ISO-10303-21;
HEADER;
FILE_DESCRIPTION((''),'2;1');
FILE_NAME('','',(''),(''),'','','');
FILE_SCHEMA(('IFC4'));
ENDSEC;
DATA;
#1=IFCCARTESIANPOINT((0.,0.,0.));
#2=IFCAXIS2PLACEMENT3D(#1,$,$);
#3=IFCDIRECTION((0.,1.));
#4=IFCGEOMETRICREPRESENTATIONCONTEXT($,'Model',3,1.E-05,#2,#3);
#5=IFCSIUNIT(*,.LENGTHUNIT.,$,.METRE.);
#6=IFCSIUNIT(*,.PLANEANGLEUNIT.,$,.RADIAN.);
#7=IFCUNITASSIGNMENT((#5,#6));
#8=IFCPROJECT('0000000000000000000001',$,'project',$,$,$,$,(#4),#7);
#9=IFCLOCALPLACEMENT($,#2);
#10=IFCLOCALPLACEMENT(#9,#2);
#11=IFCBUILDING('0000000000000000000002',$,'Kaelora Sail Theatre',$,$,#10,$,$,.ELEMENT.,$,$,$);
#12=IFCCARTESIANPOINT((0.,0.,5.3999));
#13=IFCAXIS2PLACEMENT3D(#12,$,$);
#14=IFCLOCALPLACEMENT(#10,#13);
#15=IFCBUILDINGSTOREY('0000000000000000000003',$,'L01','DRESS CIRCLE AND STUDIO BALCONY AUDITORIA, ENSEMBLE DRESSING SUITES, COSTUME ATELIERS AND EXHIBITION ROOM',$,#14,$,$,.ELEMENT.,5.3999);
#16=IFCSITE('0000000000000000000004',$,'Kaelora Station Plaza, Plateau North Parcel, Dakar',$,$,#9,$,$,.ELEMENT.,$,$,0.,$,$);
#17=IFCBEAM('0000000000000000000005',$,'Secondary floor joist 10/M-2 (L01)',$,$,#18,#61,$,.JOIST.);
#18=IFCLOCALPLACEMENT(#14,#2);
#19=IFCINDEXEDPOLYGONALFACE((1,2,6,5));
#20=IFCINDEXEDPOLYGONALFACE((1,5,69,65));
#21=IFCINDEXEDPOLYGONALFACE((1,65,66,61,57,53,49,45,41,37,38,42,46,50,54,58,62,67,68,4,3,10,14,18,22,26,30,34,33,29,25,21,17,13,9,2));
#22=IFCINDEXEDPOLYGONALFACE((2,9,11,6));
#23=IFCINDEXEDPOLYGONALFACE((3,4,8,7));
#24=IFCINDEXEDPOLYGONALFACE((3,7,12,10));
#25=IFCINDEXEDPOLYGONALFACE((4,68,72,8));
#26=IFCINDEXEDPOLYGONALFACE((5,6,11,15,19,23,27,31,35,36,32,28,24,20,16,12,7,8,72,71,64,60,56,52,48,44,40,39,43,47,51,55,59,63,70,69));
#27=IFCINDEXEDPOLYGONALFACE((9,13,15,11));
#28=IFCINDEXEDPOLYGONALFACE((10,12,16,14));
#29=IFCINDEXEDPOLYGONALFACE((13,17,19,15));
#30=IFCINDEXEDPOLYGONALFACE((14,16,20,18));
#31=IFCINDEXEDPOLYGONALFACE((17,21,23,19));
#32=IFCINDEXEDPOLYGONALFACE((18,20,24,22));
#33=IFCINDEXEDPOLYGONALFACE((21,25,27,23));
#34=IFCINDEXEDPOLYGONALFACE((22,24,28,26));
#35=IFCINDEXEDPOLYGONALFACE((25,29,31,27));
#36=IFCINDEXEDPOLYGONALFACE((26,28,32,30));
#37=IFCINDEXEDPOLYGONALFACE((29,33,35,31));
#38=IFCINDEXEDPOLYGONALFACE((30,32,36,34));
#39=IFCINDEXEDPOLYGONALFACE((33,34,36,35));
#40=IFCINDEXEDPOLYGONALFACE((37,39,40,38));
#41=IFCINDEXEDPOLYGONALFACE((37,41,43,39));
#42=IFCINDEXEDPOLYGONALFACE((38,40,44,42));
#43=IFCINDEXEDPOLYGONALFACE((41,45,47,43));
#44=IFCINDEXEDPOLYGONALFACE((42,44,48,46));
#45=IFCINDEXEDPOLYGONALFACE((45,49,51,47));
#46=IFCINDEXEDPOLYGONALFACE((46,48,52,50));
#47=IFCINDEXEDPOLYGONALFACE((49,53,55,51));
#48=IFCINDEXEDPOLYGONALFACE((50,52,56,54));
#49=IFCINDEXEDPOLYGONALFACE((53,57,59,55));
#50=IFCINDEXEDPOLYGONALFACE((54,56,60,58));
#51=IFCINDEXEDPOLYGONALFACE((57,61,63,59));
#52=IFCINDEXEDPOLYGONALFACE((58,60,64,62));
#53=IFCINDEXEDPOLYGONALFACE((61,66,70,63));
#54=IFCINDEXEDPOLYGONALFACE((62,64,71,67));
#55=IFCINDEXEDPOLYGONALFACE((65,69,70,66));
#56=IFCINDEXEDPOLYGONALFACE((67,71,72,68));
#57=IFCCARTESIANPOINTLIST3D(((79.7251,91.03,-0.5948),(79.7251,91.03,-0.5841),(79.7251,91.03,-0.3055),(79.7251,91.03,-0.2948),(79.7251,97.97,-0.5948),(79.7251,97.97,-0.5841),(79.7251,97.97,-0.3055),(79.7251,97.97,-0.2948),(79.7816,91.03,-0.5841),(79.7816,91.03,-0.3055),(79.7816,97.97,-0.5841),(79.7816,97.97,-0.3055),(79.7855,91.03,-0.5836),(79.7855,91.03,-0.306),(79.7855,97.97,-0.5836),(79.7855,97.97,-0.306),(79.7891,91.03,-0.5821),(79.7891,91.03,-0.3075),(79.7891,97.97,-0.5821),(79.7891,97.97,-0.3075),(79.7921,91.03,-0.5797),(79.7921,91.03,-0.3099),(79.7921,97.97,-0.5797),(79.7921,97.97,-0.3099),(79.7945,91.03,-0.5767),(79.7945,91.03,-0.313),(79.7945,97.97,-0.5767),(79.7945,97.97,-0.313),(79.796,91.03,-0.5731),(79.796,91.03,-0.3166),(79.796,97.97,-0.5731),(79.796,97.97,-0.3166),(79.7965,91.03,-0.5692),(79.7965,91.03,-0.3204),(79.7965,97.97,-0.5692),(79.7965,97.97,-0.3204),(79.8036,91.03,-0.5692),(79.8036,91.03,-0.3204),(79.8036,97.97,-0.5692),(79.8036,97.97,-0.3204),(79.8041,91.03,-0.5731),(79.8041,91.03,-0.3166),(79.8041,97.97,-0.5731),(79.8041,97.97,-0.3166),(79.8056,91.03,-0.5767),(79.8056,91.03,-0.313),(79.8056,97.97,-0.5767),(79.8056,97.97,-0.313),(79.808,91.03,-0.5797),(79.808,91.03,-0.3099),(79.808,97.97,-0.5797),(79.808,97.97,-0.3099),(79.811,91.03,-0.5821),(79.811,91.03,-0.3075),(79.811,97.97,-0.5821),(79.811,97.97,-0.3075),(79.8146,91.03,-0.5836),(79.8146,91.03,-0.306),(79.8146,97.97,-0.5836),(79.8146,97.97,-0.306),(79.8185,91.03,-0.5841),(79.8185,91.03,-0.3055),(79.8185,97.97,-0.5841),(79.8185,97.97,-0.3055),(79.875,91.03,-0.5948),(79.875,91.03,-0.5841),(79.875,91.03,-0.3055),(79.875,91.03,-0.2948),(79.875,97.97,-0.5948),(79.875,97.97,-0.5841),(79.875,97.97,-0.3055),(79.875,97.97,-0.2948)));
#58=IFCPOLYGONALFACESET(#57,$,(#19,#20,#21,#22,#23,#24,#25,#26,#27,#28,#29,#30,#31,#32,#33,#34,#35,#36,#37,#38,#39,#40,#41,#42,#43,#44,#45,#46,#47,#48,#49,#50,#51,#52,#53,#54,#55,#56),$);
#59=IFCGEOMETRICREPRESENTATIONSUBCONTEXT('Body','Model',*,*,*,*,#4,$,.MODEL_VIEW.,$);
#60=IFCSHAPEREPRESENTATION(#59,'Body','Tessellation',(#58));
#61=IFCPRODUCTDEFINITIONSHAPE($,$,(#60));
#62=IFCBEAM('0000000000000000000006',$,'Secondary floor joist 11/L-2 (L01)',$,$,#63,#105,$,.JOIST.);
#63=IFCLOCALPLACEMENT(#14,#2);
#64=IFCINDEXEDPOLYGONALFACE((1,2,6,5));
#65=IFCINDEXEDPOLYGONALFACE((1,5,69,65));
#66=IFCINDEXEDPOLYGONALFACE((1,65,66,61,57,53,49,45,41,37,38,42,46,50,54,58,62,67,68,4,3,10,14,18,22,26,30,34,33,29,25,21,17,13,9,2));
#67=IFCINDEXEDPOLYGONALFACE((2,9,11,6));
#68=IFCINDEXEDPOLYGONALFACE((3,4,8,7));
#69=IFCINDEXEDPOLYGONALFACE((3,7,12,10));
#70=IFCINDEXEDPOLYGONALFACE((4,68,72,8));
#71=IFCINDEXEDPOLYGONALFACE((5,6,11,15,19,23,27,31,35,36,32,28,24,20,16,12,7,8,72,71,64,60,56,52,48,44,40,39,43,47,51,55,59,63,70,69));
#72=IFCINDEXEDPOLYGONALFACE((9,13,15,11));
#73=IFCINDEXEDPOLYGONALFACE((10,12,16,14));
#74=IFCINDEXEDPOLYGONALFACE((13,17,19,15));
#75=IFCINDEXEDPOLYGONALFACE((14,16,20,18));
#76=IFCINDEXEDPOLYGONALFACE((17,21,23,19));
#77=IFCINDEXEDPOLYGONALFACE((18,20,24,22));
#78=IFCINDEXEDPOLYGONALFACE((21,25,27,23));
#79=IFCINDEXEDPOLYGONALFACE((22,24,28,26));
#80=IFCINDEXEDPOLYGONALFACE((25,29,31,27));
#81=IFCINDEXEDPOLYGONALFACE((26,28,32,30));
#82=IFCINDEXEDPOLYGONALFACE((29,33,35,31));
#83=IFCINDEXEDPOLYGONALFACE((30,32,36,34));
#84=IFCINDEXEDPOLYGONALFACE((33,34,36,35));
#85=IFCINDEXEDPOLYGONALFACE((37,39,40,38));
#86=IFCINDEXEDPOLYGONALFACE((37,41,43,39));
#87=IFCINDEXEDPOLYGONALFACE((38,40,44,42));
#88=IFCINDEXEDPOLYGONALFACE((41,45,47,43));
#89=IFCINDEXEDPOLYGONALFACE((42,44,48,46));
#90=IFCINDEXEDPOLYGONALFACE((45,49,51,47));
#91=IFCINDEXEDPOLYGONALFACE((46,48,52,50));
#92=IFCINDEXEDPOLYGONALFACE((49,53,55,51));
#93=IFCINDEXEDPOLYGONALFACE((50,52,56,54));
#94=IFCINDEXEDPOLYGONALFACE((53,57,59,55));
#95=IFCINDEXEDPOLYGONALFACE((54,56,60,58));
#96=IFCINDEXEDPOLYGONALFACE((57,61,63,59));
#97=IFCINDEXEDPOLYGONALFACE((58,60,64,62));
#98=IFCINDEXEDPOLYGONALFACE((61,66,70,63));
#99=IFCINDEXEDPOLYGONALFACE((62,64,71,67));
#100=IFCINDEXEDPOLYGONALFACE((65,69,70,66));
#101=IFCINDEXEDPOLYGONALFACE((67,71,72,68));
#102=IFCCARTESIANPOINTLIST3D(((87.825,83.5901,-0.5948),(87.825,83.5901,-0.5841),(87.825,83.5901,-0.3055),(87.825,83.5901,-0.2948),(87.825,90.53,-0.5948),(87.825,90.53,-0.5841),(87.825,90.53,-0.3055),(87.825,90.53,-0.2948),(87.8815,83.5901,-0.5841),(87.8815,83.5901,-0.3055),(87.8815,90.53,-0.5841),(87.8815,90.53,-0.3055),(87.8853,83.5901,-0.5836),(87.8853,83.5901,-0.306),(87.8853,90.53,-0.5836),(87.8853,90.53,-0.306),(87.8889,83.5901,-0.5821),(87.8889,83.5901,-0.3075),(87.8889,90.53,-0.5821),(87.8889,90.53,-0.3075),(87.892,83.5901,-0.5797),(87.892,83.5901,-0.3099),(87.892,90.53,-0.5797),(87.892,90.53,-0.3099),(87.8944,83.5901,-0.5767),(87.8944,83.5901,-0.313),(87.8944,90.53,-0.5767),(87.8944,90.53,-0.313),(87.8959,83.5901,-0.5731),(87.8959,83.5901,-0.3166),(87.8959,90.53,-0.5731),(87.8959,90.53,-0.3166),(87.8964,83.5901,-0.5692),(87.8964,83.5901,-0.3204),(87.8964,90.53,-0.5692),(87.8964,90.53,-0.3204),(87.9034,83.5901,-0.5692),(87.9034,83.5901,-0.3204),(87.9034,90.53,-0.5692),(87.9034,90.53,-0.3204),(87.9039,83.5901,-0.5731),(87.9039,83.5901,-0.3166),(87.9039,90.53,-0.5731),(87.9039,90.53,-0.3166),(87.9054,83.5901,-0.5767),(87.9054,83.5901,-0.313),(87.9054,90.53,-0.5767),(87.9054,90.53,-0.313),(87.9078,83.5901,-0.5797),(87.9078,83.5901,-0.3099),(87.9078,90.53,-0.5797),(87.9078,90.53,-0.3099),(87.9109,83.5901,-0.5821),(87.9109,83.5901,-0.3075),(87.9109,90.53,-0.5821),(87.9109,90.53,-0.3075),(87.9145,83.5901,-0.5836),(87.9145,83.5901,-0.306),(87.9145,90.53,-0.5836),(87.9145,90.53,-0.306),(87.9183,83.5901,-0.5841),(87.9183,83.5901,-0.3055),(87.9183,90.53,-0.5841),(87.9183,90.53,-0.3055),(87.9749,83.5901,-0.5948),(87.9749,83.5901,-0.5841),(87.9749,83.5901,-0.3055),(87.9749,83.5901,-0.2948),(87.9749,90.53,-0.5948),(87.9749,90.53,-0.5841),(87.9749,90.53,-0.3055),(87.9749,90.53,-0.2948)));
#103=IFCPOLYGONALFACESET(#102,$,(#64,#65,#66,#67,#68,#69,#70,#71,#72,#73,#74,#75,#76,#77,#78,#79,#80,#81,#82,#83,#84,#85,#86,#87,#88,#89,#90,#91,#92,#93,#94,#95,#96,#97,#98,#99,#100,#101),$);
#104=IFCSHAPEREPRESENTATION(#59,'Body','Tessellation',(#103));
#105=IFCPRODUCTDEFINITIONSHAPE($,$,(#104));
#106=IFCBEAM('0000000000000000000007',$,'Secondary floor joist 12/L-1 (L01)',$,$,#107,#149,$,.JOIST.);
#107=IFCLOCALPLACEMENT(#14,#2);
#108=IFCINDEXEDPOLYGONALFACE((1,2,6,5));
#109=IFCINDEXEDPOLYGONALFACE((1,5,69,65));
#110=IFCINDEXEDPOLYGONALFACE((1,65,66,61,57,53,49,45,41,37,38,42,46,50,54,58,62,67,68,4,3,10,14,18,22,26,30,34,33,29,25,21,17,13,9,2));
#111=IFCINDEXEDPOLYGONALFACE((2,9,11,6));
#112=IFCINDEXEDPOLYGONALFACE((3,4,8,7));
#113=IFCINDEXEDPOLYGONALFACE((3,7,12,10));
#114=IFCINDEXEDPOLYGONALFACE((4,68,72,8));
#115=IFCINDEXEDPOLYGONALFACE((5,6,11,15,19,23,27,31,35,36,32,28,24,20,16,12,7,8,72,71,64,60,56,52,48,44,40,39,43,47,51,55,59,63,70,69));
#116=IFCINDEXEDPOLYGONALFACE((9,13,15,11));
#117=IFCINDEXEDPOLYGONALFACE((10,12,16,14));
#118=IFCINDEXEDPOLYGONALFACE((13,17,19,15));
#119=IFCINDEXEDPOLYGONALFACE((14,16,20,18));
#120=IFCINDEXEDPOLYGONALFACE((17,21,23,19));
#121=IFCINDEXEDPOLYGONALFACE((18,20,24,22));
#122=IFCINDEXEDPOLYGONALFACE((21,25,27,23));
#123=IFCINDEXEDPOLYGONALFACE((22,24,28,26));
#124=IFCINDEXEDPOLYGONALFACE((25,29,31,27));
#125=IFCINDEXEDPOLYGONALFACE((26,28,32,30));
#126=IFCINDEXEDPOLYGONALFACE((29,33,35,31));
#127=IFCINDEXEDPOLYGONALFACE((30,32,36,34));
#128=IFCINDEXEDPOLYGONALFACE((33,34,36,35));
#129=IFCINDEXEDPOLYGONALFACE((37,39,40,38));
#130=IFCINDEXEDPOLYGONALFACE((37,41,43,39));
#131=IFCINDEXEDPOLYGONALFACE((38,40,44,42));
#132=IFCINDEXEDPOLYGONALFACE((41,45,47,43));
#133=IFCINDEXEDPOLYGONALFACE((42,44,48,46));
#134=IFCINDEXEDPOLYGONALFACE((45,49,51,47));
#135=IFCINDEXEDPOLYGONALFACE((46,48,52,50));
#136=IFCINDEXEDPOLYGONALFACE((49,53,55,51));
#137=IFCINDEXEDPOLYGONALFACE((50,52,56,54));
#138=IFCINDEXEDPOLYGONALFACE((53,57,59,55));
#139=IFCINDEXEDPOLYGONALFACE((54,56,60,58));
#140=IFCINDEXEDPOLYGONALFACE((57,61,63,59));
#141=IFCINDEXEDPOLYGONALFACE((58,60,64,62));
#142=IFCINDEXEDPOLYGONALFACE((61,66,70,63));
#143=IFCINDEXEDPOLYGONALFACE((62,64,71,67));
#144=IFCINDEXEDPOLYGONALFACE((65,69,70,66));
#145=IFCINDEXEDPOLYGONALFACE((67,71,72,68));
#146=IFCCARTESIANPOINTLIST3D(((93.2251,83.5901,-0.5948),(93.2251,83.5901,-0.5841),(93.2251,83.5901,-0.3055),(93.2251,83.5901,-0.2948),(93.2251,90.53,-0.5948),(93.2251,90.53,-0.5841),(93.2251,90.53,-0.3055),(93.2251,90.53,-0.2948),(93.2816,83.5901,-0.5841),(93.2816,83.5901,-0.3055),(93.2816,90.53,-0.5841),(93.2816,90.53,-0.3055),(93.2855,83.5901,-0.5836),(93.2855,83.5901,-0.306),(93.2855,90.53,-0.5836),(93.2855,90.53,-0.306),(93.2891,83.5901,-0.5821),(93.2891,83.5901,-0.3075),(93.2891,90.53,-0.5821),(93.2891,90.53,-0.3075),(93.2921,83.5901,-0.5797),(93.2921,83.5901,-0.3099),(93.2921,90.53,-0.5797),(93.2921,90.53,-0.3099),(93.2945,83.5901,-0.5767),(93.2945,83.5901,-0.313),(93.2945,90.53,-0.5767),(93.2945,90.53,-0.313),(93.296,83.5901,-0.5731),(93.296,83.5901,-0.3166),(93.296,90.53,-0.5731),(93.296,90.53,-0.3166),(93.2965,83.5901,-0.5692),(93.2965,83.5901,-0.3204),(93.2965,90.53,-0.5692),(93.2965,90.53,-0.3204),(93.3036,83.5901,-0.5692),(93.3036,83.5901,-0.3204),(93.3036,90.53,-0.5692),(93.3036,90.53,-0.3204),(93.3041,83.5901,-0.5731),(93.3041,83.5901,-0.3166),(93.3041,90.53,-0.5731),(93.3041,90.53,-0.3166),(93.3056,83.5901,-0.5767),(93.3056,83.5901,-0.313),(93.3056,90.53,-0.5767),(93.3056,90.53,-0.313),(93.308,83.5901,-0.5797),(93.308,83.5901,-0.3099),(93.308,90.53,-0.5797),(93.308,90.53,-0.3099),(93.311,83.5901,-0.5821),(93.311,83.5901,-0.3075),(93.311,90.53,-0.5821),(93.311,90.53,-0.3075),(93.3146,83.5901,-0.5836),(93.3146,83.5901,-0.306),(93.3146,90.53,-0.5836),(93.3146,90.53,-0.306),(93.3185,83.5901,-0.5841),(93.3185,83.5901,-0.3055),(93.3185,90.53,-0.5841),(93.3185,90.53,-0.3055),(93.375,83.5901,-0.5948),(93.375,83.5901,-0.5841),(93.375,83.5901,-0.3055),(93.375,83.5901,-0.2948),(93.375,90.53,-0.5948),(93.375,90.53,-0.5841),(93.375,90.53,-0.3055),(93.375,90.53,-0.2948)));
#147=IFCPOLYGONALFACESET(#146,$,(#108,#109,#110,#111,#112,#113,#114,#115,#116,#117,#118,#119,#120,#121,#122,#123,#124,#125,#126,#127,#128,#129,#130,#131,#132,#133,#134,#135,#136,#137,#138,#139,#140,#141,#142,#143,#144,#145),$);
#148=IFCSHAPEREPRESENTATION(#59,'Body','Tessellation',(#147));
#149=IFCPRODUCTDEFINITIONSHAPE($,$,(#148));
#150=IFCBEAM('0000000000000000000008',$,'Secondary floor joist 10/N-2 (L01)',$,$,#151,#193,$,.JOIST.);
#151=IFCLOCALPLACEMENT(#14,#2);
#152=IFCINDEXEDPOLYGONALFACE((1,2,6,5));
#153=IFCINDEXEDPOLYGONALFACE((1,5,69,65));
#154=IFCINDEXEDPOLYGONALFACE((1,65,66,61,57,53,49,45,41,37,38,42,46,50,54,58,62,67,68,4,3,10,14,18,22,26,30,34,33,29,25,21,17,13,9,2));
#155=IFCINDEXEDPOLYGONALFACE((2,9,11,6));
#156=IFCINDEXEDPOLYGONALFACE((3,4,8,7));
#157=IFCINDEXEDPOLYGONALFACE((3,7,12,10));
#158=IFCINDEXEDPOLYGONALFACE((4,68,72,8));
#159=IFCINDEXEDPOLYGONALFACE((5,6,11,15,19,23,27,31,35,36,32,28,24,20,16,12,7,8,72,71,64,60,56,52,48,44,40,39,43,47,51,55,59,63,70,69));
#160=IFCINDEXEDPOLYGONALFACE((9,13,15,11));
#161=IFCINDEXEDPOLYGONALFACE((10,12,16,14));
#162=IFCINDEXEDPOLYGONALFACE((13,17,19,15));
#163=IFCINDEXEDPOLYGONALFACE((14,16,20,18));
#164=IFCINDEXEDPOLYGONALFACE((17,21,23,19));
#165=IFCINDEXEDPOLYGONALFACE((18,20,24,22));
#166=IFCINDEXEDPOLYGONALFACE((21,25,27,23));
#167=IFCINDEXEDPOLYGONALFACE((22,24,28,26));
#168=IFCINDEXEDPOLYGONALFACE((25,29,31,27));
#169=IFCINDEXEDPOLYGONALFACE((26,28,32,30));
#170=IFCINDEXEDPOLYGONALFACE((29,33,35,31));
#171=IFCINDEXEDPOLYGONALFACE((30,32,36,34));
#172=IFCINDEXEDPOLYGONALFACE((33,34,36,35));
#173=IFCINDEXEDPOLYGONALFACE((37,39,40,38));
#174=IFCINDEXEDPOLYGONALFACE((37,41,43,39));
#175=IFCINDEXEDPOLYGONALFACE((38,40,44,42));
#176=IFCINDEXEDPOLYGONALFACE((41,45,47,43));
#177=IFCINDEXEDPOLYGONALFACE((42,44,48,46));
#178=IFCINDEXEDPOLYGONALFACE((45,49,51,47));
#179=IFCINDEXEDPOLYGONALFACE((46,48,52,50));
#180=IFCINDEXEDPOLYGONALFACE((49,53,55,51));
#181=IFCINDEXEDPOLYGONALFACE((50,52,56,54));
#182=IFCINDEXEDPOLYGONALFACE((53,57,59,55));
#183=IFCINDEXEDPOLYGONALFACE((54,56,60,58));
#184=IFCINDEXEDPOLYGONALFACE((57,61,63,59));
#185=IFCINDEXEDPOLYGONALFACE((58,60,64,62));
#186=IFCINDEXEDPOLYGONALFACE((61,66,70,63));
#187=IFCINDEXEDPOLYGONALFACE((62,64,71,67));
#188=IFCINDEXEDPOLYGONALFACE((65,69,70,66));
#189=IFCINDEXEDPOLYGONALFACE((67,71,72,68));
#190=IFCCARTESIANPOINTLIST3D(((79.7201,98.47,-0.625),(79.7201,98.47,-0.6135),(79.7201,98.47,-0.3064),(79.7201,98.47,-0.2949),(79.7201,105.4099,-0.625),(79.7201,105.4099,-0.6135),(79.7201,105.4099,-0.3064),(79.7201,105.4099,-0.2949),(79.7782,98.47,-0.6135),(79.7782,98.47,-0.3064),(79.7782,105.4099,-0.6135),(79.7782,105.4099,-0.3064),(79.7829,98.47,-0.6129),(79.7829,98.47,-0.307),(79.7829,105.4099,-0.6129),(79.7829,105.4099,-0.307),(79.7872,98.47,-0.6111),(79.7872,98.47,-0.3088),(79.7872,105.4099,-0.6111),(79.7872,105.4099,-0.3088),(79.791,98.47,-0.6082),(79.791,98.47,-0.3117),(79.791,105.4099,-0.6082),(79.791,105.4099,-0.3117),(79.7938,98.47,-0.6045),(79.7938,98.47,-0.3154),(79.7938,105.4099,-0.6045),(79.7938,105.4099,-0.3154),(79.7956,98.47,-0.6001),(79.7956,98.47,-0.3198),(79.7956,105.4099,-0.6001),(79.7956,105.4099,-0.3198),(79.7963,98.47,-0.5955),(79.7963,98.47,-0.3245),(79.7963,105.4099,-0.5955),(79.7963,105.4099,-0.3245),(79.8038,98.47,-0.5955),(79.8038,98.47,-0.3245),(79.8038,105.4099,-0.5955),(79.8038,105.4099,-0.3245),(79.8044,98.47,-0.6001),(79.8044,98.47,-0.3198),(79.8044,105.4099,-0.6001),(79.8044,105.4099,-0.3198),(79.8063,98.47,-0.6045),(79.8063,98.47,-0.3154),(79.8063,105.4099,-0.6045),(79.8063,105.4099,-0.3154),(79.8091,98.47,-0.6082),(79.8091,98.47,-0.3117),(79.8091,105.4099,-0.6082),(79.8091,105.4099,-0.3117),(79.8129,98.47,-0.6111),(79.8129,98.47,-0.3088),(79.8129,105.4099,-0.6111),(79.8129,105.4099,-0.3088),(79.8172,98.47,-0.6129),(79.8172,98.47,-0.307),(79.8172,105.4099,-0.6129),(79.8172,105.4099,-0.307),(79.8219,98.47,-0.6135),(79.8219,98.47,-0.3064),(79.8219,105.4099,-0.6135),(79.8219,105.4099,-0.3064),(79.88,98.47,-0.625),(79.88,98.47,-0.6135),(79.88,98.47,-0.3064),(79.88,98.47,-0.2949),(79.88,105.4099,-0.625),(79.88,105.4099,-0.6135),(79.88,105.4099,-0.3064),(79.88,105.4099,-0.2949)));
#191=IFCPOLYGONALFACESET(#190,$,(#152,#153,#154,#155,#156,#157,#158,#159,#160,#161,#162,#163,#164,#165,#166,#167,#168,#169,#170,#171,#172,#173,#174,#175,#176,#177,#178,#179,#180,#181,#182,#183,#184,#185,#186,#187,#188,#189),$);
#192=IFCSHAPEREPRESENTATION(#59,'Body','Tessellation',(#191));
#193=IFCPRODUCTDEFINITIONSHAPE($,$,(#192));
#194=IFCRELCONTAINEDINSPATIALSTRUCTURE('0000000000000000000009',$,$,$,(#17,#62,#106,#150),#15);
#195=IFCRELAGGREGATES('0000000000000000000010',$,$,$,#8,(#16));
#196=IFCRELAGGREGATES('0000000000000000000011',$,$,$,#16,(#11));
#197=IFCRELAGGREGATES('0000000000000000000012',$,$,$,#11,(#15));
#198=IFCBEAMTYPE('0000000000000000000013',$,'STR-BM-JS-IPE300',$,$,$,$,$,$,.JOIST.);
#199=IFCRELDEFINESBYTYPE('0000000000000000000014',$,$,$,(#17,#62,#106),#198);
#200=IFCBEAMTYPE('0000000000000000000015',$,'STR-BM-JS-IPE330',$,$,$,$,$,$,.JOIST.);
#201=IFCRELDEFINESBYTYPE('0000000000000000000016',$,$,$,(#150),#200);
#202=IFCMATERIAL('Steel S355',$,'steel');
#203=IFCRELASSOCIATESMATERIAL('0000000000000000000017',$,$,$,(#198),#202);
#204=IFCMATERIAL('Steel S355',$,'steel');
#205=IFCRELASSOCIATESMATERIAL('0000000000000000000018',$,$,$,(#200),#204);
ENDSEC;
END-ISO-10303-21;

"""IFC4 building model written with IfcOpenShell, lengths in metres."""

from ifc_helpers import new_model, si_unit, direction, frame, origin, origin_2d, place, context, subcontext, project, spatial, i_section, extrude, material, material_profile, profile_set, type_object, element, save


model = new_model("IFC4")

# Units and contexts
model_context = context("Model", 3, precision=1e-05, world=origin(), true_north=direction((0.0, 1.0)))
body_context = subcontext(model_context, "Body", "Model", "MODEL_VIEW")
ifc_project = project(units=[si_unit("LENGTHUNIT", "METRE"), si_unit("PLANEANGLEUNIT", "RADIAN")], contexts=[model_context])

# Site, building, storey
site_placement = place(None, origin())
site = spatial("IfcSite", under=ifc_project, at=site_placement, Name="Kaelora Station Plaza, Plateau North Parcel, Dakar", CompositionType="ELEMENT", RefElevation=0.0)
building_placement = place(site_placement, origin())
building = spatial("IfcBuilding", under=site, at=building_placement, Name="Kaelora Sail Theatre", CompositionType="ELEMENT")
storey_placement = place(building_placement, frame((0.0, 0.0, 5.3999)))
storey = spatial("IfcBuildingStorey", under=building, at=storey_placement, Name="L01", Description="DRESS CIRCLE AND STUDIO BALCONY AUDITORIA, ENSEMBLE DRESSING SUITES, COSTUME ATELIERS AND EXHIBITION ROOM", CompositionType="ELEMENT", Elevation=5.3999)

# Beams
ifc_material_1 = material(Name="Steel S355", Category="steel")
ifc_material_profile_1 = material_profile(ifc_material_1, i_section(OverallWidth=0.1499, OverallDepth=0.3, WebThickness=0.0071, FlangeThickness=0.0107, FilletRadius=0.0149, at=origin_2d()), Name="IPE 300")
ifc_profile_set_1 = profile_set([ifc_material_profile_1], Name="Steel S355")
beam_type_1 = type_object("IfcBeamType", Name="STR-BM-JS-IPE300", PredefinedType="JOIST", material=ifc_profile_set_1)
for number, where, z_axis, x_axis, name in (
    (1, (79.8, 91.03, -0.4448), (0.0, 1.0, 0.0), (-1.0, 0.0, 0.0), "Secondary floor joist 10/M-2 (L01)"),
    (2, (87.8999, 83.5901, -0.4448), (0.0, 1.0, 0.0), (-1.0, 0.0, 0.0), "Secondary floor joist 11/L-2 (L01)"),
    (3, (93.3, 83.5901, -0.4448), (0.0, 1.0, 0.0), (-1.0, 0.0, 0.0), "Secondary floor joist 12/L-1 (L01)"),
):
    element("IfcBeam", number, at=place(storey_placement, frame(where, z_axis=z_axis, x_axis=x_axis)), inside=storey, type_object=beam_type_1, Name=name, PredefinedType="JOIST", context=body_context, shape_type="SweptSolid", body=[
        extrude(i_section(OverallWidth=0.1499, OverallDepth=0.3, WebThickness=0.0071, FlangeThickness=0.0107, FilletRadius=0.0149, at=origin_2d()), origin(), (0.0, 0.0, 1.0), 6.9399),
    ])
ifc_material_2 = material(Name="Steel S355", Category="steel")
ifc_material_profile_2 = material_profile(ifc_material_2, i_section(OverallWidth=0.1599, OverallDepth=0.3301, WebThickness=0.0076, FlangeThickness=0.0115, FilletRadius=0.0181, at=origin_2d()), Name="IPE 330")
ifc_profile_set_2 = profile_set([ifc_material_profile_2], Name="Steel S355")
beam_type_2 = type_object("IfcBeamType", Name="STR-BM-JS-IPE330", PredefinedType="JOIST", material=ifc_profile_set_2)
for number, where, z_axis, x_axis, name in (
    (4, (79.8, 98.47, -0.46), (0.0, 1.0, 0.0), (-1.0, 0.0, 0.0), "Secondary floor joist 10/N-2 (L01)"),
):
    element("IfcBeam", number, at=place(storey_placement, frame(where, z_axis=z_axis, x_axis=x_axis)), inside=storey, type_object=beam_type_2, Name=name, PredefinedType="JOIST", context=body_context, shape_type="SweptSolid", body=[
        extrude(i_section(OverallWidth=0.1599, OverallDepth=0.3301, WebThickness=0.0076, FlangeThickness=0.0115, FilletRadius=0.0181, at=origin_2d()), origin(), (0.0, 0.0, 1.0), 6.9399),
    ])

save(model, "model.ifc")
